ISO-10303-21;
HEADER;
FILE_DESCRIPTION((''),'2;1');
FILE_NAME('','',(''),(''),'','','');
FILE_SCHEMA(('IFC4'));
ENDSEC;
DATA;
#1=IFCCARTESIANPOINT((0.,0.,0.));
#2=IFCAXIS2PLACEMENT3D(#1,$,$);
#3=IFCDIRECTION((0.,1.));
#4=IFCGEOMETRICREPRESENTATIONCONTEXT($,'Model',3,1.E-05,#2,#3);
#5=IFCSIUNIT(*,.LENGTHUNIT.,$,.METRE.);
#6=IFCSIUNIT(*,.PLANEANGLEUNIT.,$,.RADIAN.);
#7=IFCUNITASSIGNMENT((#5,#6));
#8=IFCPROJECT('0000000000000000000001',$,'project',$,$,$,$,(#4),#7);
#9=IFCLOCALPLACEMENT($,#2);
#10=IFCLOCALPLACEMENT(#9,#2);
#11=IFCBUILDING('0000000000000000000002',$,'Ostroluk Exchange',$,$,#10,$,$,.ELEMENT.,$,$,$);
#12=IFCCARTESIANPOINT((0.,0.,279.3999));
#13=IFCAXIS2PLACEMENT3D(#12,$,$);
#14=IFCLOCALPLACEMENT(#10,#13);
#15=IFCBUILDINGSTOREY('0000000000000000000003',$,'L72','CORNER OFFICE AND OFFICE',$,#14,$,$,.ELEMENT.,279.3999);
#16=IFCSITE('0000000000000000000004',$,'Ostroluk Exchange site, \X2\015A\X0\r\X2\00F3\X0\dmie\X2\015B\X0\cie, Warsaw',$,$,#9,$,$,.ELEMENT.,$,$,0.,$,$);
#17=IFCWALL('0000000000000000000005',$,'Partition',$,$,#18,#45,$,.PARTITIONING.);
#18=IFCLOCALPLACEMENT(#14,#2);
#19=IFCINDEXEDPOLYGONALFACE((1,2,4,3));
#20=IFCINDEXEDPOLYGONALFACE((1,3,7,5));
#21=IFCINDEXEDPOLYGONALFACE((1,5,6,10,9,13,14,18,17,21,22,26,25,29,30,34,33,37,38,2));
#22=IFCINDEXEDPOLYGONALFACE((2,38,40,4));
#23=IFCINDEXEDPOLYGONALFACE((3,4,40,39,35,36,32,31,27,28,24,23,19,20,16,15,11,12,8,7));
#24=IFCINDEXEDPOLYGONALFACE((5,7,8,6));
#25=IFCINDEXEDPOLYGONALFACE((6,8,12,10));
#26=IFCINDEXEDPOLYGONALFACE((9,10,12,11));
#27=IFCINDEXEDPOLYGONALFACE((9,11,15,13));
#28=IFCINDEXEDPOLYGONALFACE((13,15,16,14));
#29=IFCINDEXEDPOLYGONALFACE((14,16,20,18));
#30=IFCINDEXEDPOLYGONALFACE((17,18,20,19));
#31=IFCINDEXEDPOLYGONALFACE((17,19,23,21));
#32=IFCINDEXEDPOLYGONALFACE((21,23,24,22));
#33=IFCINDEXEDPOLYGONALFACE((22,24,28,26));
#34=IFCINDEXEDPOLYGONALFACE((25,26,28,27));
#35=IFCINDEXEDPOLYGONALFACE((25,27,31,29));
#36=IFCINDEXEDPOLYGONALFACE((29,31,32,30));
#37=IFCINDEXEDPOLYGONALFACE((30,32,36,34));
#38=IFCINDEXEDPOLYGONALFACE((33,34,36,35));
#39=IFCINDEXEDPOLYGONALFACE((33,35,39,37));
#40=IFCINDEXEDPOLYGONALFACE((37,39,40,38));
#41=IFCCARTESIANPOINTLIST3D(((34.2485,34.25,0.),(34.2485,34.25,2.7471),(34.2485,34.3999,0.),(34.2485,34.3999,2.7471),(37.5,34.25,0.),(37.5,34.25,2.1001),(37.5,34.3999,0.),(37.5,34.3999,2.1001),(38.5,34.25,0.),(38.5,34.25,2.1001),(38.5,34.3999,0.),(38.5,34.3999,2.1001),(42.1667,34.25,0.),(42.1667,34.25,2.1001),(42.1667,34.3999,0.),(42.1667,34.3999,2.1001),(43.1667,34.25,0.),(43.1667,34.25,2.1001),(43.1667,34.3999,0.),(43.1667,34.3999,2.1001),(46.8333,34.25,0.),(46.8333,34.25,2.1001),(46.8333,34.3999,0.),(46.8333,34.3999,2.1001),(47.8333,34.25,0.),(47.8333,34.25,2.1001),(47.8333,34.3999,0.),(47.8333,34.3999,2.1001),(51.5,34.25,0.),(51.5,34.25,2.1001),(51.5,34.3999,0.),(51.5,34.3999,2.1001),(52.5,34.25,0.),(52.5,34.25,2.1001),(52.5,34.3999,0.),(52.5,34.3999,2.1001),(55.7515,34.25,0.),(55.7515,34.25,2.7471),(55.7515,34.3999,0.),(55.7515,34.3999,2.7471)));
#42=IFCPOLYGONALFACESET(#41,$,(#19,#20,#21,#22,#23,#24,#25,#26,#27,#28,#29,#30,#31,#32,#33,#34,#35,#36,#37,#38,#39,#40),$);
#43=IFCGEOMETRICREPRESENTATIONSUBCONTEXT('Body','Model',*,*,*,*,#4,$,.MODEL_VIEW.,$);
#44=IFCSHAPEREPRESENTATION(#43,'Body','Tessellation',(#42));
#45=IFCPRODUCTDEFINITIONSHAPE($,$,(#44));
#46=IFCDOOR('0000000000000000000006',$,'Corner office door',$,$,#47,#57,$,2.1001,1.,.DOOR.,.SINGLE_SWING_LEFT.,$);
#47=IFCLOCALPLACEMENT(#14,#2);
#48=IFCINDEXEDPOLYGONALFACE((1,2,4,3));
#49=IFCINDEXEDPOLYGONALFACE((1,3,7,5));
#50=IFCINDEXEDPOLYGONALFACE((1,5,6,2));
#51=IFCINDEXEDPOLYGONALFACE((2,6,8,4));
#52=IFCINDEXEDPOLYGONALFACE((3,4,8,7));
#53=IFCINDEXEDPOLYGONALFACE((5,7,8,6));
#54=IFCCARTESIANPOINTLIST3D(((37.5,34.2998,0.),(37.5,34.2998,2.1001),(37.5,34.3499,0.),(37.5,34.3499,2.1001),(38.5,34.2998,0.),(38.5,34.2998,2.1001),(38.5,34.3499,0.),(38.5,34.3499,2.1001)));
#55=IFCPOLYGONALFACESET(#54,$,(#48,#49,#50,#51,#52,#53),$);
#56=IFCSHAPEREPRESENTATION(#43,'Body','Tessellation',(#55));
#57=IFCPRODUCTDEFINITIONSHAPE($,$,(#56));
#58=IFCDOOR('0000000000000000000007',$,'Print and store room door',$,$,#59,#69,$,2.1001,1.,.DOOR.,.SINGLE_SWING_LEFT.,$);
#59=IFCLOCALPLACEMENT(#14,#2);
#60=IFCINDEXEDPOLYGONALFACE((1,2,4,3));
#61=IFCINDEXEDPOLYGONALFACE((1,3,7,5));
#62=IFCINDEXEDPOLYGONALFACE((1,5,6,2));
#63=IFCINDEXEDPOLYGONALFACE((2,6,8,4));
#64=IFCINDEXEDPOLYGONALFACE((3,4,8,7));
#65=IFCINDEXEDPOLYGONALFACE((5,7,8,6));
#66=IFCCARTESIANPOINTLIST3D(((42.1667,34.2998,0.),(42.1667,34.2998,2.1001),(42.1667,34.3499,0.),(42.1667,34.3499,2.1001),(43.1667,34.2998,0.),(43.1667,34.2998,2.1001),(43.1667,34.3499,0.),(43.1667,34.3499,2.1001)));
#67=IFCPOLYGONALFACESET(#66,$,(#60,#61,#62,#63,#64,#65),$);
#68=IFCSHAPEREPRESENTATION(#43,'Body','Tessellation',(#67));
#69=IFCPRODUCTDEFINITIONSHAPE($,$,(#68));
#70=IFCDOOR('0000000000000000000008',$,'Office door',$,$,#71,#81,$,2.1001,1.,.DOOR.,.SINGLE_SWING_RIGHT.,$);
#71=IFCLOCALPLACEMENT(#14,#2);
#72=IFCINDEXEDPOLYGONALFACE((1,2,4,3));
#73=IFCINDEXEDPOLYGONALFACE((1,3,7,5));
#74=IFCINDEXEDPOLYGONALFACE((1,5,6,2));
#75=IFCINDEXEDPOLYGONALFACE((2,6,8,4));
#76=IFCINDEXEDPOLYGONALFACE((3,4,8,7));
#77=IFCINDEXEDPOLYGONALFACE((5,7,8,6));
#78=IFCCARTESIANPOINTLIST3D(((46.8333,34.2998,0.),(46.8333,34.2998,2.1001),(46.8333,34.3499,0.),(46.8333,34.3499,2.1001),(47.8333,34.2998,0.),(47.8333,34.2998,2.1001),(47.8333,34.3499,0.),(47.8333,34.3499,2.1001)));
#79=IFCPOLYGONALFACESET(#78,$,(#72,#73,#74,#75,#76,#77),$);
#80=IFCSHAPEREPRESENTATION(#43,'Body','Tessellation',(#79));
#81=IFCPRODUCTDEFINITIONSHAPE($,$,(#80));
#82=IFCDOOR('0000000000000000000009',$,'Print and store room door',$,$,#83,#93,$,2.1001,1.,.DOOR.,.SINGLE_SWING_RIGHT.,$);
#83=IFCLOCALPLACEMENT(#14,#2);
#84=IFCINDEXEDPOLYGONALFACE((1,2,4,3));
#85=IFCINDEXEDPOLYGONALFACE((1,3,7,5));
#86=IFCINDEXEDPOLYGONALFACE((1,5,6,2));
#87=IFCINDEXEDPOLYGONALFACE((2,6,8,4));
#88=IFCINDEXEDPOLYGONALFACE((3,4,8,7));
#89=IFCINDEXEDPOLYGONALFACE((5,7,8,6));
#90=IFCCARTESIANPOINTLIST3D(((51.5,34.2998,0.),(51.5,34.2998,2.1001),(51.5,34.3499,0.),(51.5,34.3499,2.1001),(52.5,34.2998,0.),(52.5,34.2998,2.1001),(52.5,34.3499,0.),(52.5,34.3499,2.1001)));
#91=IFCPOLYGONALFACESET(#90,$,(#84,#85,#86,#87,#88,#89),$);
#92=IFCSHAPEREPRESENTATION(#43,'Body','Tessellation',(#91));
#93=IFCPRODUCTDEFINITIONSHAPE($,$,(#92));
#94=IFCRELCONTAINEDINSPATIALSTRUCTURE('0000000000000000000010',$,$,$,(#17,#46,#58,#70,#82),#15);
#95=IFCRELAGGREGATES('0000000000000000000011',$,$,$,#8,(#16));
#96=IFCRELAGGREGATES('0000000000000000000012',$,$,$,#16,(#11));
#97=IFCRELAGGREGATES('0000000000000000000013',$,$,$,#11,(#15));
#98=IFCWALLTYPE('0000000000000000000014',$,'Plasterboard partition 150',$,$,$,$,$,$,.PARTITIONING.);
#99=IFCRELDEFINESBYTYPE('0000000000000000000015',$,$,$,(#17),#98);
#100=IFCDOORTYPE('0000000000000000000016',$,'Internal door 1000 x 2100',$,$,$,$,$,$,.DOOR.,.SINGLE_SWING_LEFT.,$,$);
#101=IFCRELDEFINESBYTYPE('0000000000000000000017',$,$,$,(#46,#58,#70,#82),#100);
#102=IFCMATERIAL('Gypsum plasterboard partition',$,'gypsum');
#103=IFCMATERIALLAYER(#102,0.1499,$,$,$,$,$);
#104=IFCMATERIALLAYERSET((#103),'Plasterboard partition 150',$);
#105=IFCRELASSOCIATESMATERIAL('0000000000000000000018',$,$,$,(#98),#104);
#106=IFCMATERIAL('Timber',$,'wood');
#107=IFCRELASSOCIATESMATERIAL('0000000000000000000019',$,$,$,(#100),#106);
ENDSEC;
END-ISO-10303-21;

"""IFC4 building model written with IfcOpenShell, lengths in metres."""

from ifc_helpers import new_model, si_unit, direction, frame, frame_2d, origin, place, context, subcontext, project, spatial, rectangle, extrude, material, layer, layer_set, type_object, element, fill, save


model = new_model("IFC4")

# Units and contexts
model_context = context("Model", 3, precision=1e-05, world=origin(), true_north=direction((0.0, 1.0)))
body_context = subcontext(model_context, "Body", "Model", "MODEL_VIEW")
ifc_project = project(units=[si_unit("LENGTHUNIT", "METRE"), si_unit("PLANEANGLEUNIT", "RADIAN")], contexts=[model_context])

# Site, building, storey
site_placement = place(None, origin())
site = spatial("IfcSite", under=ifc_project, at=site_placement, Name="Ostroluk Exchange site, Śródmieście, Warsaw", CompositionType="ELEMENT", RefElevation=0.0)
building_placement = place(site_placement, origin())
building = spatial("IfcBuilding", under=site, at=building_placement, Name="Ostroluk Exchange", CompositionType="ELEMENT")
storey_placement = place(building_placement, frame((0.0, 0.0, 279.3999)))
storey = spatial("IfcBuildingStorey", under=building, at=storey_placement, Name="L72", Description="CORNER OFFICE AND OFFICE", CompositionType="ELEMENT", Elevation=279.3999)

# Wall, openings, doors
ifc_material_1 = material(Name="Gypsum plasterboard partition", Category="gypsum")
ifc_layer_1 = layer(ifc_material_1, 0.1499)
ifc_layer_set_1 = layer_set([ifc_layer_1], Name="Plasterboard partition 150")
wall_type_1 = type_object("IfcWallType", Name="Plasterboard partition 150", PredefinedType="PARTITIONING", material=ifc_layer_set_1)
wall_1_placement = place(storey_placement, frame((34.2485, 34.325, 0.0), z_axis=(0.0, 0.0, 1.0), x_axis=(1.0, 0.0, 0.0)))
wall_1 = element("IfcWall", 1, at=wall_1_placement, inside=storey, type_object=wall_type_1, Name="Partition", PredefinedType="PARTITIONING", context=body_context, shape_type="SweptSolid", body=[
    extrude(rectangle(XDim=21.5029, YDim=0.1499, at=frame_2d((10.7515, 0.0))), origin(), (0.0, 0.0, 1.0), 2.7471),
])
opening_1_placement = place(wall_1_placement, frame((3.2515, 0.0, 0.0)))
opening_1 = element("IfcOpeningElement", 2, at=opening_1_placement, cuts=wall_1, PredefinedType="OPENING", context=body_context, shape_type="SweptSolid", body=[
    extrude(rectangle(XDim=1.0, YDim=2.1001, at=frame_2d((0.5, 1.05))), frame((0.0, 0.085, 0.0), z_axis=(0.0, -1.0, 0.0), x_axis=(1.0, 0.0, 0.0)), (0.0, 0.0, 1.0), 0.1699),
])
opening_2_placement = place(wall_1_placement, frame((7.9182, 0.0, 0.0)))
opening_2 = element("IfcOpeningElement", 3, at=opening_2_placement, cuts=wall_1, PredefinedType="OPENING", context=body_context, shape_type="SweptSolid", body=[
    extrude(rectangle(XDim=1.0, YDim=2.1001, at=frame_2d((0.5, 1.05))), frame((0.0, 0.085, 0.0), z_axis=(0.0, -1.0, 0.0), x_axis=(1.0, 0.0, 0.0)), (0.0, 0.0, 1.0), 0.1699),
])
opening_3_placement = place(wall_1_placement, frame((12.5847, 0.0, 0.0)))
opening_3 = element("IfcOpeningElement", 4, at=opening_3_placement, cuts=wall_1, PredefinedType="OPENING", context=body_context, shape_type="SweptSolid", body=[
    extrude(rectangle(XDim=1.0, YDim=2.1001, at=frame_2d((0.5, 1.05))), frame((0.0, 0.085, 0.0), z_axis=(0.0, -1.0, 0.0), x_axis=(1.0, 0.0, 0.0)), (0.0, 0.0, 1.0), 0.1699),
])
opening_4_placement = place(wall_1_placement, frame((17.2515, 0.0, 0.0)))
opening_4 = element("IfcOpeningElement", 5, at=opening_4_placement, cuts=wall_1, PredefinedType="OPENING", context=body_context, shape_type="SweptSolid", body=[
    extrude(rectangle(XDim=1.0, YDim=2.1001, at=frame_2d((0.5, 1.05))), frame((0.0, 0.085, 0.0), z_axis=(0.0, -1.0, 0.0), x_axis=(1.0, 0.0, 0.0)), (0.0, 0.0, 1.0), 0.1699),
])
ifc_material_2 = material(Name="Timber", Category="wood")
door_type_1 = type_object("IfcDoorType", Name="Internal door 1000 x 2100", OperationType="SINGLE_SWING_LEFT", PredefinedType="DOOR", material=ifc_material_2)
door_1_placement = place(opening_1_placement, origin())
door_1 = element("IfcDoor", 6, at=door_1_placement, inside=storey, type_object=door_type_1, Name="Corner office door", OperationType="SINGLE_SWING_LEFT", OverallHeight=2.1001, OverallWidth=1.0, PredefinedType="DOOR", context=body_context, shape_type="SweptSolid", body=[
    extrude(rectangle(XDim=1.0, YDim=2.1001, at=frame_2d((0.5, 1.05))), frame((0.0, 0.0249, 0.0), z_axis=(0.0, -1.0, 0.0), x_axis=(1.0, 0.0, 0.0)), (0.0, 0.0, 1.0), 0.05),
])
fill(opening_1, door_1)
door_2_placement = place(opening_2_placement, origin())
door_2 = element("IfcDoor", 7, at=door_2_placement, inside=storey, type_object=door_type_1, Name="Print and store room door", OperationType="SINGLE_SWING_LEFT", OverallHeight=2.1001, OverallWidth=1.0, PredefinedType="DOOR", context=body_context, shape_type="SweptSolid", body=[
    extrude(rectangle(XDim=1.0, YDim=2.1001, at=frame_2d((0.5, 1.05))), frame((0.0, 0.0249, 0.0), z_axis=(0.0, -1.0, 0.0), x_axis=(1.0, 0.0, 0.0)), (0.0, 0.0, 1.0), 0.05),
])
fill(opening_2, door_2)
door_3_placement = place(opening_3_placement, origin())
door_3 = element("IfcDoor", 8, at=door_3_placement, inside=storey, type_object=door_type_1, Name="Office door", OperationType="SINGLE_SWING_RIGHT", OverallHeight=2.1001, OverallWidth=1.0, PredefinedType="DOOR", context=body_context, shape_type="SweptSolid", body=[
    extrude(rectangle(XDim=1.0, YDim=2.1001, at=frame_2d((0.5, 1.05))), frame((0.0, 0.0249, 0.0), z_axis=(0.0, -1.0, 0.0), x_axis=(1.0, 0.0, 0.0)), (0.0, 0.0, 1.0), 0.05),
])
fill(opening_3, door_3)
door_4_placement = place(opening_4_placement, origin())
door_4 = element("IfcDoor", 9, at=door_4_placement, inside=storey, type_object=door_type_1, Name="Print and store room door", OperationType="SINGLE_SWING_RIGHT", OverallHeight=2.1001, OverallWidth=1.0, PredefinedType="DOOR", context=body_context, shape_type="SweptSolid", body=[
    extrude(rectangle(XDim=1.0, YDim=2.1001, at=frame_2d((0.5, 1.05))), frame((0.0, 0.0249, 0.0), z_axis=(0.0, -1.0, 0.0), x_axis=(1.0, 0.0, 0.0)), (0.0, 0.0, 1.0), 0.05),
])
fill(opening_4, door_4)

save(model, "model.ifc")
